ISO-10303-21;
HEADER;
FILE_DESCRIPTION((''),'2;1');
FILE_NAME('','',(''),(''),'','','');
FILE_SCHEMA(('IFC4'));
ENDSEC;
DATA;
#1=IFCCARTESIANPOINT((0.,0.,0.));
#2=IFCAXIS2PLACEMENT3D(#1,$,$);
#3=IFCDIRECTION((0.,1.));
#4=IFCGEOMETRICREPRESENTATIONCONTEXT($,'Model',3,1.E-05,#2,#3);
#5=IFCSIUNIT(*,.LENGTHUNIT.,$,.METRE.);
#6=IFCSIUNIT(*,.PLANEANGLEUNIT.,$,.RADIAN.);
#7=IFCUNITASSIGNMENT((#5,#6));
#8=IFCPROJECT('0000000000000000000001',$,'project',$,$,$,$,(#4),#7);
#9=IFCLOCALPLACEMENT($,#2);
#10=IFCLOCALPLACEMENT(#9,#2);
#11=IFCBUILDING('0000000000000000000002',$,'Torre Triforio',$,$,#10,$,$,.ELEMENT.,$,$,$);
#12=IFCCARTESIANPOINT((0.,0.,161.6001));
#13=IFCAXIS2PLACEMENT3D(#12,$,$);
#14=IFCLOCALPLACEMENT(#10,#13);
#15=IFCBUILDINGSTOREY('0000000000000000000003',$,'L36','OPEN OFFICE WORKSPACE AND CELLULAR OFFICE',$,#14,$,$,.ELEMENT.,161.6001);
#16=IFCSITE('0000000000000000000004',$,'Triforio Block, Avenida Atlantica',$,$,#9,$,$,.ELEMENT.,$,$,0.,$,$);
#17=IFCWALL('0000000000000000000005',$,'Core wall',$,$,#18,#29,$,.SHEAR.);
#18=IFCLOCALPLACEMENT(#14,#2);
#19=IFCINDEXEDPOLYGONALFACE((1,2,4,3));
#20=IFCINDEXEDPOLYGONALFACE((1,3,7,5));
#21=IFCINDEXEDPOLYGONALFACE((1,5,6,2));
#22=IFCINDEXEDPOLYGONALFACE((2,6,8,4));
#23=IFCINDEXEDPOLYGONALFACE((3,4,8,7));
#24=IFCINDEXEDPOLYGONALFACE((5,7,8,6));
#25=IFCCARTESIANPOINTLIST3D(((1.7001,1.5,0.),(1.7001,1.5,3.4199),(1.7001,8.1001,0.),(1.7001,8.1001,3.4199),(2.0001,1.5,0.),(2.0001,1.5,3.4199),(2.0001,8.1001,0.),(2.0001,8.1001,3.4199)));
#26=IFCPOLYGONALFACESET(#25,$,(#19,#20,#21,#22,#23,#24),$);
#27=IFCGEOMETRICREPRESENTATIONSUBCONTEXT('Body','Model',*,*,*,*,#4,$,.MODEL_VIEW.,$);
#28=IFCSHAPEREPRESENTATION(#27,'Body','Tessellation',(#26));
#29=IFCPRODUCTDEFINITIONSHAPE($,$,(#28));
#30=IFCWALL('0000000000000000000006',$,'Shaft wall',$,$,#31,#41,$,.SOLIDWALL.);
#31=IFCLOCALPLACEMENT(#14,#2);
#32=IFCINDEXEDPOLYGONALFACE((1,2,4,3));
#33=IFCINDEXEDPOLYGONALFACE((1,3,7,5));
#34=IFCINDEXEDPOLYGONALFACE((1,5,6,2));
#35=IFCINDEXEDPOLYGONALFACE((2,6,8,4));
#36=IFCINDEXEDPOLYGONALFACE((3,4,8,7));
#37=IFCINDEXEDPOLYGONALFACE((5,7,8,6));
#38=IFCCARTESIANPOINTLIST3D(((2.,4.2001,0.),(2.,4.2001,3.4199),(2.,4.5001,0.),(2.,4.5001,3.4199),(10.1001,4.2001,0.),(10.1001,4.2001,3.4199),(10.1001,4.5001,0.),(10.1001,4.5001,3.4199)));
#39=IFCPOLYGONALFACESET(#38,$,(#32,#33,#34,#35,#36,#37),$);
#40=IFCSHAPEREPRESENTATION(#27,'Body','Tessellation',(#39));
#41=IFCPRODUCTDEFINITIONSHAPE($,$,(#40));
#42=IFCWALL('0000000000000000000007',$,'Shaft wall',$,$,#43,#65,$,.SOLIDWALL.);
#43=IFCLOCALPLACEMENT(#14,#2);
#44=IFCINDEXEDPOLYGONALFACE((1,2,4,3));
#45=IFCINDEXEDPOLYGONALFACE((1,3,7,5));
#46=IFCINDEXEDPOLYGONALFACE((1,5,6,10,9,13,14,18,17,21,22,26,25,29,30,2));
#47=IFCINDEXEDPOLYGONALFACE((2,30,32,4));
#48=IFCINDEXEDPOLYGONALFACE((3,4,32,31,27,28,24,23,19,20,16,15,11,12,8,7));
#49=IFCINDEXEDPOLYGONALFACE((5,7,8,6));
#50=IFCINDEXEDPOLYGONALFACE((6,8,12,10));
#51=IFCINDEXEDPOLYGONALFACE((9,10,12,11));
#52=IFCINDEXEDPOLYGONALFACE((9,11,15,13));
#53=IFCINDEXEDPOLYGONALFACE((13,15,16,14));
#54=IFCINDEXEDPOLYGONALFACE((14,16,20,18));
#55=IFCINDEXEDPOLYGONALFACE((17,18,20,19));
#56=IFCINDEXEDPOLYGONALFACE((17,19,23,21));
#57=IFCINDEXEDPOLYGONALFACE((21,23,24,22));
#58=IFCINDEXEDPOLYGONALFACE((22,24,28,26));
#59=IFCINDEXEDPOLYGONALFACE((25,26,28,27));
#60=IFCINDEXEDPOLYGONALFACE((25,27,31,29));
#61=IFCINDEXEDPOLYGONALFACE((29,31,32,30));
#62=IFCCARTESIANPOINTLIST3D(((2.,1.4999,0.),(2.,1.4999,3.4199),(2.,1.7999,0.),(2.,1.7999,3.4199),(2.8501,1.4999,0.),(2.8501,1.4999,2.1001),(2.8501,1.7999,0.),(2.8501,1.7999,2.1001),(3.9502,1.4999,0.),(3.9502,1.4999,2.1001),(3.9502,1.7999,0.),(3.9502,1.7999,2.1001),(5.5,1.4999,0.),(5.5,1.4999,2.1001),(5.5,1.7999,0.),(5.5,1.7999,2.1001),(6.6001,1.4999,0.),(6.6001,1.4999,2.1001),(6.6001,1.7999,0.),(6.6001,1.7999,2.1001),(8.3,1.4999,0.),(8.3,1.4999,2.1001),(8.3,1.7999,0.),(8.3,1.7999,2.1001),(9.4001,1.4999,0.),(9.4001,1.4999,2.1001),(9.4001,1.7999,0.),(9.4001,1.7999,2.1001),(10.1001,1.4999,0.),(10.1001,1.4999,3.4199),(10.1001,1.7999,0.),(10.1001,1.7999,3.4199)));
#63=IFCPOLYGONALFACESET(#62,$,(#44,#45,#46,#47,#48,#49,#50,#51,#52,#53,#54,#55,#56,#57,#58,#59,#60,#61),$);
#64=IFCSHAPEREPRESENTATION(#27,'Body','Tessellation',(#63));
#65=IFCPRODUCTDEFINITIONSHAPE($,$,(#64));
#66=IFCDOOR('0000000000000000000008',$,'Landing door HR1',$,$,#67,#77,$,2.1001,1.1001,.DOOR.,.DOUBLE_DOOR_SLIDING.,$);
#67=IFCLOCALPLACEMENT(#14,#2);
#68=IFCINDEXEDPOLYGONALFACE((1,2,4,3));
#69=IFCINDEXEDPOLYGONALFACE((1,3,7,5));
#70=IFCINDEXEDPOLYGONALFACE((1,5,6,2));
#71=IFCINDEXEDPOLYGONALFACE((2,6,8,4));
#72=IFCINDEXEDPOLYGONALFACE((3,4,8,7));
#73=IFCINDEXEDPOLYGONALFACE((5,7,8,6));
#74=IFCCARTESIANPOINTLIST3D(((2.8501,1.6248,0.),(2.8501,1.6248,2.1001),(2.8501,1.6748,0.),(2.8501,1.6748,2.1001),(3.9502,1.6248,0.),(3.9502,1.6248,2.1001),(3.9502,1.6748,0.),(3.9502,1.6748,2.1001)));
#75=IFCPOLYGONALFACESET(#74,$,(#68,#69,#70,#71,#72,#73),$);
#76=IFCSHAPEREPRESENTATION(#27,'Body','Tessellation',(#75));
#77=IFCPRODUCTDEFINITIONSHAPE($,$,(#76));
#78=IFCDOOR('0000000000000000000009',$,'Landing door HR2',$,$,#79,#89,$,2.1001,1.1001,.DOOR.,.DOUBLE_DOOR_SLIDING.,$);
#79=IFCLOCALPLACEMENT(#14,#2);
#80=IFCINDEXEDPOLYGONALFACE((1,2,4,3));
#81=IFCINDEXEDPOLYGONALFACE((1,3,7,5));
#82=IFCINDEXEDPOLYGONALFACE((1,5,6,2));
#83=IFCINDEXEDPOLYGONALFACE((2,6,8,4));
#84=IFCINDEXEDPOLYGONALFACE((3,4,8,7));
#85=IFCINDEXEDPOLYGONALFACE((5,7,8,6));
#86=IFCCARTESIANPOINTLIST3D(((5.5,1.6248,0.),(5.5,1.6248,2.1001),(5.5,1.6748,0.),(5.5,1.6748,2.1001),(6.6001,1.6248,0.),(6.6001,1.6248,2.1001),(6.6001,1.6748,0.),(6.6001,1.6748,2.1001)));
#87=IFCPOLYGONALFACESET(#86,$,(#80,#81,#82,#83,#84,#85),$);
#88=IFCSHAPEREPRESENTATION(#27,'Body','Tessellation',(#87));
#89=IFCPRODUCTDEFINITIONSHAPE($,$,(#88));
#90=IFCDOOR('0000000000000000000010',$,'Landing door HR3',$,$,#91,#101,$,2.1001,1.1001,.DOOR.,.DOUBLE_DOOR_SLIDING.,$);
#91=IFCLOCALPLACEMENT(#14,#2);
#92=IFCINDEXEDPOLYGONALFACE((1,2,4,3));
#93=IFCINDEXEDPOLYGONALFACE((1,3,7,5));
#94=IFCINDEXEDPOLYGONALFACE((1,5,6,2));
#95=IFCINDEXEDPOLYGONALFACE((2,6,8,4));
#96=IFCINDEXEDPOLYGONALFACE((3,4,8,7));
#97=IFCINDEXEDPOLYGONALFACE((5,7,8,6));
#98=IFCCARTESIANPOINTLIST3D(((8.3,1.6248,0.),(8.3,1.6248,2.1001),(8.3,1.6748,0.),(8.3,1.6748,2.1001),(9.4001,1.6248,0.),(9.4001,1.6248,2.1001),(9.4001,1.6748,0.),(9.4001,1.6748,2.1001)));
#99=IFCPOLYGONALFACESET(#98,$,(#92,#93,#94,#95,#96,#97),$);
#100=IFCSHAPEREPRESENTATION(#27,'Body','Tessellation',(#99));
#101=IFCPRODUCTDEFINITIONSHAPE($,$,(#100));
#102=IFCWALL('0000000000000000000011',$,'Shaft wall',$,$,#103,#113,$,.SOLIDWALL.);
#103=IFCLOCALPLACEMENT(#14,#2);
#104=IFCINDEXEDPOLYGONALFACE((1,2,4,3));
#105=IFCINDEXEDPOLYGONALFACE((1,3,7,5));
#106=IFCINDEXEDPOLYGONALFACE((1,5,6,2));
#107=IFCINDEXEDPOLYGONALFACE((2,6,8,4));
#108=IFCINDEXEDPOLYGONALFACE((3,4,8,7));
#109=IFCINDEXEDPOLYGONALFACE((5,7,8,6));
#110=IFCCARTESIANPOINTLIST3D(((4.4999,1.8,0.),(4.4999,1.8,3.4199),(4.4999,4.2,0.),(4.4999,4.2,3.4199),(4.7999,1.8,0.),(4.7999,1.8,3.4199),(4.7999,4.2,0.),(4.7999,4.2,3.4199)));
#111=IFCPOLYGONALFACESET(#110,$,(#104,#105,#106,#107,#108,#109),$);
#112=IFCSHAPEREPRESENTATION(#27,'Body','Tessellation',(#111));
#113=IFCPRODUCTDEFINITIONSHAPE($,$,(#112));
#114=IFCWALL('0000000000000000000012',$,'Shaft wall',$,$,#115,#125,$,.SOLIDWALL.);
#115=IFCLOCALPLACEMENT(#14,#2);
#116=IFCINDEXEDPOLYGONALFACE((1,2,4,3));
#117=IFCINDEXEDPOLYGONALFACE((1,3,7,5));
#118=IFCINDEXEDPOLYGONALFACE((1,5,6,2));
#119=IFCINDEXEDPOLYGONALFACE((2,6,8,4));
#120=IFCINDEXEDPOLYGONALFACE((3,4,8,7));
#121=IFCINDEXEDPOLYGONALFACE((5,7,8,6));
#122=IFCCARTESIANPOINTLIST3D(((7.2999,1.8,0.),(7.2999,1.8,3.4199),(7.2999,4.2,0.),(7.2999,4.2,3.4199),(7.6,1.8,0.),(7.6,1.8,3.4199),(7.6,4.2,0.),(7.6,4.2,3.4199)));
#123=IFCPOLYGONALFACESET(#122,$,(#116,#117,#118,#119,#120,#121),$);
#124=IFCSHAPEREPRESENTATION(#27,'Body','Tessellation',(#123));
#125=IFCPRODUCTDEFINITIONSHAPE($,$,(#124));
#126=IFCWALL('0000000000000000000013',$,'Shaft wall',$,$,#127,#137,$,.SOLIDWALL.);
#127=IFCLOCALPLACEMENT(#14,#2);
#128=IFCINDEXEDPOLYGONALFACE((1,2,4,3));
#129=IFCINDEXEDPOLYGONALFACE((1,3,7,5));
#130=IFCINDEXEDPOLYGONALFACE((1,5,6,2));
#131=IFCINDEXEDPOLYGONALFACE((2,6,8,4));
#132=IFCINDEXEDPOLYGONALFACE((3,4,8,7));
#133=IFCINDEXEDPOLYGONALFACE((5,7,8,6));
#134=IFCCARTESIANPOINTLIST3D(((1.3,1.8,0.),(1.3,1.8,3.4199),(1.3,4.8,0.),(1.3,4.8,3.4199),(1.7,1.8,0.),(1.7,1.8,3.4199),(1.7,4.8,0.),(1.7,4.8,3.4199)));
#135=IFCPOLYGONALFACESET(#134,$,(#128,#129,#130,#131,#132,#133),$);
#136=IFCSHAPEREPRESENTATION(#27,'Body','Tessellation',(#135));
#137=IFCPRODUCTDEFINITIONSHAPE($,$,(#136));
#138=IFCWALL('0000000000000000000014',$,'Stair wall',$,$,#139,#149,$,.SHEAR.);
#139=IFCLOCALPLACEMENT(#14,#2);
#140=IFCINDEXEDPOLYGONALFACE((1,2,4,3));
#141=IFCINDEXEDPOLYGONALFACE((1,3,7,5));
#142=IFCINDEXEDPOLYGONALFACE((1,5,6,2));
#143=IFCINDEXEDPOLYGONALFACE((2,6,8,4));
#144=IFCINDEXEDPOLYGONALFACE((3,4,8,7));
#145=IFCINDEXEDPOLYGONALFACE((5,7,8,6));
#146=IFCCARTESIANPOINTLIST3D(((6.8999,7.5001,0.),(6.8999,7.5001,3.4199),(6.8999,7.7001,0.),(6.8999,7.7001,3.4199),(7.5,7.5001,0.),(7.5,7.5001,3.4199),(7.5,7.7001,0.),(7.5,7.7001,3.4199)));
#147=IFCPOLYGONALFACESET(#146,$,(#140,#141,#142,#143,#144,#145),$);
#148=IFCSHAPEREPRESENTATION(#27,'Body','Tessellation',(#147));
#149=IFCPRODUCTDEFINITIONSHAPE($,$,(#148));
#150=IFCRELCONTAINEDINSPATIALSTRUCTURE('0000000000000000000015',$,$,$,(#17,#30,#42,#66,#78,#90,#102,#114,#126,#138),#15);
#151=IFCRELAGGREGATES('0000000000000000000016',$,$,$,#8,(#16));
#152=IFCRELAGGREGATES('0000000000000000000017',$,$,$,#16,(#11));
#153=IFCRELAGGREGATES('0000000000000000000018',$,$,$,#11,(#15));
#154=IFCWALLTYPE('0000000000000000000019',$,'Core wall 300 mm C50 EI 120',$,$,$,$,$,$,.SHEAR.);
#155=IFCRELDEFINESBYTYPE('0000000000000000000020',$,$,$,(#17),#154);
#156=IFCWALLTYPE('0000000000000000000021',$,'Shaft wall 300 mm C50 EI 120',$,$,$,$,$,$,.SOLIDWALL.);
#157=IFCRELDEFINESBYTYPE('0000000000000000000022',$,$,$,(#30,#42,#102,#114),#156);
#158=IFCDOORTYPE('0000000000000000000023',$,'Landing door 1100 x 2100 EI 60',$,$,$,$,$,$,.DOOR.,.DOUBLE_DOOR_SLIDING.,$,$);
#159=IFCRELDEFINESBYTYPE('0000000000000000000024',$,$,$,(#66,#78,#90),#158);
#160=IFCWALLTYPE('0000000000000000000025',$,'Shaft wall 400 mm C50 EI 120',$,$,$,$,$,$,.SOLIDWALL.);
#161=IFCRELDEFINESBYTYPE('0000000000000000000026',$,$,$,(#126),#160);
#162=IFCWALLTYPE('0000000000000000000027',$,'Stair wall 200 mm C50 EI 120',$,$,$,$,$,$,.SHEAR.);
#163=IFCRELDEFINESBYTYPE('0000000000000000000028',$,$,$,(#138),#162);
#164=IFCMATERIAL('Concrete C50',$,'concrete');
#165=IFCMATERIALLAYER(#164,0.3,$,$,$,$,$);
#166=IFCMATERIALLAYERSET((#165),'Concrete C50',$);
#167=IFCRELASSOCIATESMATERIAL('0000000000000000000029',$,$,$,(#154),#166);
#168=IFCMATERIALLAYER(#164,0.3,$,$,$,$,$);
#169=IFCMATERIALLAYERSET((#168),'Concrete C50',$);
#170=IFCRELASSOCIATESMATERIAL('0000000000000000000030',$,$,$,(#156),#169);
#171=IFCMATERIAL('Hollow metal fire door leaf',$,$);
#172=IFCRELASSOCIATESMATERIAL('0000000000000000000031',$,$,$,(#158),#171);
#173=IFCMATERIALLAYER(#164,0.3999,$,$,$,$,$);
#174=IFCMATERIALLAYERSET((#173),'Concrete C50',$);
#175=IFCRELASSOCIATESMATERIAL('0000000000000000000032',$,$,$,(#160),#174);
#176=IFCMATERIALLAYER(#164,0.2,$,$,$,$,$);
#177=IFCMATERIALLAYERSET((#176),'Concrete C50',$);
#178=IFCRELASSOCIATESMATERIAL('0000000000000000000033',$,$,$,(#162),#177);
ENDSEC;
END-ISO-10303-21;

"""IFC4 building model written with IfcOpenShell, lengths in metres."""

from ifc_helpers import new_model, si_unit, direction, frame, frame_2d, origin, place, context, subcontext, project, spatial, rectangle, extrude, material, layer, layer_set, type_object, element, fill, save


model = new_model("IFC4")

# Units and contexts
model_context = context("Model", 3, precision=1e-05, world=origin(), true_north=direction((0.0, 1.0)))
body_context = subcontext(model_context, "Body", "Model", "MODEL_VIEW")
ifc_project = project(units=[si_unit("LENGTHUNIT", "METRE"), si_unit("PLANEANGLEUNIT", "RADIAN")], contexts=[model_context])

# Site, building, storey
site_placement = place(None, origin())
site = spatial("IfcSite", under=ifc_project, at=site_placement, Name="Triforio Block, Avenida Atlantica", CompositionType="ELEMENT", RefElevation=0.0)
building_placement = place(site_placement, origin())
building = spatial("IfcBuilding", under=site, at=building_placement, Name="Torre Triforio", CompositionType="ELEMENT")
storey_placement = place(building_placement, frame((0.0, 0.0, 161.6001)))
storey = spatial("IfcBuildingStorey", under=building, at=storey_placement, Name="L36", Description="OPEN OFFICE WORKSPACE AND CELLULAR OFFICE", CompositionType="ELEMENT", Elevation=161.6001)

# Walls
ifc_material_1 = material(Name="Concrete C50", Category="concrete")
ifc_layer_1 = layer(ifc_material_1, 0.3)
ifc_layer_set_1 = layer_set([ifc_layer_1], Name="Concrete C50")
wall_type_1 = type_object("IfcWallType", Name="Core wall 300 mm C50 EI 120", PredefinedType="SHEAR", material=ifc_layer_set_1)
wall_1_placement = place(storey_placement, frame((1.8501, 1.5, 0.0), z_axis=(0.0, 0.0, 1.0), x_axis=(0.0, 1.0, 0.0)))
element("IfcWall", 1, at=wall_1_placement, inside=storey, type_object=wall_type_1, Name="Core wall", PredefinedType="SHEAR", context=body_context, shape_type="SweptSolid", body=[
    extrude(rectangle(XDim=6.6001, YDim=0.3, at=frame_2d((3.3, 0.0))), origin(), (0.0, 0.0, 1.0), 3.4199),
])
ifc_layer_2 = layer(ifc_material_1, 0.3)
ifc_layer_set_2 = layer_set([ifc_layer_2], Name="Concrete C50")
wall_type_2 = type_object("IfcWallType", Name="Shaft wall 300 mm C50 EI 120", PredefinedType="SOLIDWALL", material=ifc_layer_set_2)
wall_2_placement = place(storey_placement, frame((2.0, 4.3501, 0.0), z_axis=(0.0, 0.0, 1.0), x_axis=(1.0, 0.0, 0.0)))
element("IfcWall", 2, at=wall_2_placement, inside=storey, type_object=wall_type_2, Name="Shaft wall", PredefinedType="SOLIDWALL", context=body_context, shape_type="SweptSolid", body=[
    extrude(rectangle(XDim=8.1001, YDim=0.3, at=frame_2d((4.05, 0.0))), origin(), (0.0, 0.0, 1.0), 3.4199),
])

# Wall, openings, doors
wall_3_placement = place(storey_placement, frame((2.0, 1.6499, 0.0), z_axis=(0.0, 0.0, 1.0), x_axis=(1.0, 0.0, 0.0)))
wall_3 = element("IfcWall", 3, at=wall_3_placement, inside=storey, type_object=wall_type_2, Name="Shaft wall", PredefinedType="SOLIDWALL", context=body_context, shape_type="SweptSolid", body=[
    extrude(rectangle(XDim=8.1001, YDim=0.3, at=frame_2d((4.05, 0.0))), origin(), (0.0, 0.0, 1.0), 3.4199),
])
opening_1_placement = place(wall_3_placement, frame((0.8501, 0.0, 0.0)))
opening_1 = element("IfcOpeningElement", 4, at=opening_1_placement, cuts=wall_3, PredefinedType="OPENING", context=body_context, shape_type="SweptSolid", body=[
    extrude(rectangle(XDim=1.1001, YDim=2.1001, at=frame_2d((0.55, 1.05))), frame((0.0, 0.1599, 0.0), z_axis=(0.0, -1.0, 0.0), x_axis=(1.0, 0.0, 0.0)), (0.0, 0.0, 1.0), 0.3201),
])
opening_2_placement = place(wall_3_placement, frame((3.5, 0.0, 0.0)))
opening_2 = element("IfcOpeningElement", 5, at=opening_2_placement, cuts=wall_3, PredefinedType="OPENING", context=body_context, shape_type="SweptSolid", body=[
    extrude(rectangle(XDim=1.1001, YDim=2.1001, at=frame_2d((0.55, 1.05))), frame((0.0, 0.1599, 0.0), z_axis=(0.0, -1.0, 0.0), x_axis=(1.0, 0.0, 0.0)), (0.0, 0.0, 1.0), 0.3201),
])
opening_3_placement = place(wall_3_placement, frame((6.3, 0.0, 0.0)))
opening_3 = element("IfcOpeningElement", 6, at=opening_3_placement, cuts=wall_3, PredefinedType="OPENING", context=body_context, shape_type="SweptSolid", body=[
    extrude(rectangle(XDim=1.1001, YDim=2.1001, at=frame_2d((0.55, 1.05))), frame((0.0, 0.1599, 0.0), z_axis=(0.0, -1.0, 0.0), x_axis=(1.0, 0.0, 0.0)), (0.0, 0.0, 1.0), 0.3201),
])
ifc_material_2 = material(Name="Hollow metal fire door leaf")
door_type_1 = type_object("IfcDoorType", Name="Landing door 1100 x 2100 EI 60", OperationType="DOUBLE_DOOR_SLIDING", PredefinedType="DOOR", material=ifc_material_2)
door_1_placement = place(opening_1_placement, origin())
door_1 = element("IfcDoor", 7, at=door_1_placement, inside=storey, type_object=door_type_1, Name="Landing door HR1", OperationType="DOUBLE_DOOR_SLIDING", OverallHeight=2.1001, OverallWidth=1.1001, PredefinedType="DOOR", context=body_context, shape_type="SweptSolid", body=[
    extrude(rectangle(XDim=1.1001, YDim=2.1001, at=frame_2d((0.55, 1.05))), frame((0.0, 0.0249, 0.0), z_axis=(0.0, -1.0, 0.0), x_axis=(1.0, 0.0, 0.0)), (0.0, 0.0, 1.0), 0.05),
])
fill(opening_1, door_1)
door_2_placement = place(opening_2_placement, origin())
door_2 = element("IfcDoor", 8, at=door_2_placement, inside=storey, type_object=door_type_1, Name="Landing door HR2", OperationType="DOUBLE_DOOR_SLIDING", OverallHeight=2.1001, OverallWidth=1.1001, PredefinedType="DOOR", context=body_context, shape_type="SweptSolid", body=[
    extrude(rectangle(XDim=1.1001, YDim=2.1001, at=frame_2d((0.55, 1.05))), frame((0.0, 0.0249, 0.0), z_axis=(0.0, -1.0, 0.0), x_axis=(1.0, 0.0, 0.0)), (0.0, 0.0, 1.0), 0.05),
])
fill(opening_2, door_2)
door_3_placement = place(opening_3_placement, origin())
door_3 = element("IfcDoor", 9, at=door_3_placement, inside=storey, type_object=door_type_1, Name="Landing door HR3", OperationType="DOUBLE_DOOR_SLIDING", OverallHeight=2.1001, OverallWidth=1.1001, PredefinedType="DOOR", context=body_context, shape_type="SweptSolid", body=[
    extrude(rectangle(XDim=1.1001, YDim=2.1001, at=frame_2d((0.55, 1.05))), frame((0.0, 0.0249, 0.0), z_axis=(0.0, -1.0, 0.0), x_axis=(1.0, 0.0, 0.0)), (0.0, 0.0, 1.0), 0.05),
])
fill(opening_3, door_3)

# Walls
for number, where, z_axis, x_axis, name in (
    (10, (4.6499, 1.8, 0.0), (0.0, 0.0, 1.0), (0.0, 1.0, 0.0), "Shaft wall"),
    (11, (7.45, 1.8, 0.0), (0.0, 0.0, 1.0), (0.0, 1.0, 0.0), "Shaft wall"),
):
    element("IfcWall", number, at=place(storey_placement, frame(where, z_axis=z_axis, x_axis=x_axis)), inside=storey, type_object=wall_type_2, Name=name, PredefinedType="SOLIDWALL", context=body_context, shape_type="SweptSolid", body=[
        extrude(rectangle(XDim=2.3999, YDim=0.3, at=frame_2d((1.2, 0.0))), origin(), (0.0, 0.0, 1.0), 3.4199),
    ])
ifc_layer_3 = layer(ifc_material_1, 0.3999)
ifc_layer_set_3 = layer_set([ifc_layer_3], Name="Concrete C50")
wall_type_3 = type_object("IfcWallType", Name="Shaft wall 400 mm C50 EI 120", PredefinedType="SOLIDWALL", material=ifc_layer_set_3)
wall_4_placement = place(storey_placement, frame((1.5, 1.8, 0.0), z_axis=(0.0, 0.0, 1.0), x_axis=(0.0, 1.0, 0.0)))
element("IfcWall", 12, at=wall_4_placement, inside=storey, type_object=wall_type_3, Name="Shaft wall", PredefinedType="SOLIDWALL", context=body_context, shape_type="SweptSolid", body=[
    extrude(rectangle(XDim=3.0, YDim=0.3999, at=frame_2d((1.5, 0.0))), origin(), (0.0, 0.0, 1.0), 3.4199),
])
ifc_layer_4 = layer(ifc_material_1, 0.2)
ifc_layer_set_4 = layer_set([ifc_layer_4], Name="Concrete C50")
wall_type_4 = type_object("IfcWallType", Name="Stair wall 200 mm C50 EI 120", PredefinedType="SHEAR", material=ifc_layer_set_4)
wall_5_placement = place(storey_placement, frame((6.8999, 7.6001, 0.0), z_axis=(0.0, 0.0, 1.0), x_axis=(1.0, 0.0, 0.0)))
element("IfcWall", 13, at=wall_5_placement, inside=storey, type_object=wall_type_4, Name="Stair wall", PredefinedType="SHEAR", context=body_context, shape_type="SweptSolid", body=[
    extrude(rectangle(XDim=0.6001, YDim=0.2, at=frame_2d((0.3, 0.0))), origin(), (0.0, 0.0, 1.0), 3.4199),
])

save(model, "model.ifc")
